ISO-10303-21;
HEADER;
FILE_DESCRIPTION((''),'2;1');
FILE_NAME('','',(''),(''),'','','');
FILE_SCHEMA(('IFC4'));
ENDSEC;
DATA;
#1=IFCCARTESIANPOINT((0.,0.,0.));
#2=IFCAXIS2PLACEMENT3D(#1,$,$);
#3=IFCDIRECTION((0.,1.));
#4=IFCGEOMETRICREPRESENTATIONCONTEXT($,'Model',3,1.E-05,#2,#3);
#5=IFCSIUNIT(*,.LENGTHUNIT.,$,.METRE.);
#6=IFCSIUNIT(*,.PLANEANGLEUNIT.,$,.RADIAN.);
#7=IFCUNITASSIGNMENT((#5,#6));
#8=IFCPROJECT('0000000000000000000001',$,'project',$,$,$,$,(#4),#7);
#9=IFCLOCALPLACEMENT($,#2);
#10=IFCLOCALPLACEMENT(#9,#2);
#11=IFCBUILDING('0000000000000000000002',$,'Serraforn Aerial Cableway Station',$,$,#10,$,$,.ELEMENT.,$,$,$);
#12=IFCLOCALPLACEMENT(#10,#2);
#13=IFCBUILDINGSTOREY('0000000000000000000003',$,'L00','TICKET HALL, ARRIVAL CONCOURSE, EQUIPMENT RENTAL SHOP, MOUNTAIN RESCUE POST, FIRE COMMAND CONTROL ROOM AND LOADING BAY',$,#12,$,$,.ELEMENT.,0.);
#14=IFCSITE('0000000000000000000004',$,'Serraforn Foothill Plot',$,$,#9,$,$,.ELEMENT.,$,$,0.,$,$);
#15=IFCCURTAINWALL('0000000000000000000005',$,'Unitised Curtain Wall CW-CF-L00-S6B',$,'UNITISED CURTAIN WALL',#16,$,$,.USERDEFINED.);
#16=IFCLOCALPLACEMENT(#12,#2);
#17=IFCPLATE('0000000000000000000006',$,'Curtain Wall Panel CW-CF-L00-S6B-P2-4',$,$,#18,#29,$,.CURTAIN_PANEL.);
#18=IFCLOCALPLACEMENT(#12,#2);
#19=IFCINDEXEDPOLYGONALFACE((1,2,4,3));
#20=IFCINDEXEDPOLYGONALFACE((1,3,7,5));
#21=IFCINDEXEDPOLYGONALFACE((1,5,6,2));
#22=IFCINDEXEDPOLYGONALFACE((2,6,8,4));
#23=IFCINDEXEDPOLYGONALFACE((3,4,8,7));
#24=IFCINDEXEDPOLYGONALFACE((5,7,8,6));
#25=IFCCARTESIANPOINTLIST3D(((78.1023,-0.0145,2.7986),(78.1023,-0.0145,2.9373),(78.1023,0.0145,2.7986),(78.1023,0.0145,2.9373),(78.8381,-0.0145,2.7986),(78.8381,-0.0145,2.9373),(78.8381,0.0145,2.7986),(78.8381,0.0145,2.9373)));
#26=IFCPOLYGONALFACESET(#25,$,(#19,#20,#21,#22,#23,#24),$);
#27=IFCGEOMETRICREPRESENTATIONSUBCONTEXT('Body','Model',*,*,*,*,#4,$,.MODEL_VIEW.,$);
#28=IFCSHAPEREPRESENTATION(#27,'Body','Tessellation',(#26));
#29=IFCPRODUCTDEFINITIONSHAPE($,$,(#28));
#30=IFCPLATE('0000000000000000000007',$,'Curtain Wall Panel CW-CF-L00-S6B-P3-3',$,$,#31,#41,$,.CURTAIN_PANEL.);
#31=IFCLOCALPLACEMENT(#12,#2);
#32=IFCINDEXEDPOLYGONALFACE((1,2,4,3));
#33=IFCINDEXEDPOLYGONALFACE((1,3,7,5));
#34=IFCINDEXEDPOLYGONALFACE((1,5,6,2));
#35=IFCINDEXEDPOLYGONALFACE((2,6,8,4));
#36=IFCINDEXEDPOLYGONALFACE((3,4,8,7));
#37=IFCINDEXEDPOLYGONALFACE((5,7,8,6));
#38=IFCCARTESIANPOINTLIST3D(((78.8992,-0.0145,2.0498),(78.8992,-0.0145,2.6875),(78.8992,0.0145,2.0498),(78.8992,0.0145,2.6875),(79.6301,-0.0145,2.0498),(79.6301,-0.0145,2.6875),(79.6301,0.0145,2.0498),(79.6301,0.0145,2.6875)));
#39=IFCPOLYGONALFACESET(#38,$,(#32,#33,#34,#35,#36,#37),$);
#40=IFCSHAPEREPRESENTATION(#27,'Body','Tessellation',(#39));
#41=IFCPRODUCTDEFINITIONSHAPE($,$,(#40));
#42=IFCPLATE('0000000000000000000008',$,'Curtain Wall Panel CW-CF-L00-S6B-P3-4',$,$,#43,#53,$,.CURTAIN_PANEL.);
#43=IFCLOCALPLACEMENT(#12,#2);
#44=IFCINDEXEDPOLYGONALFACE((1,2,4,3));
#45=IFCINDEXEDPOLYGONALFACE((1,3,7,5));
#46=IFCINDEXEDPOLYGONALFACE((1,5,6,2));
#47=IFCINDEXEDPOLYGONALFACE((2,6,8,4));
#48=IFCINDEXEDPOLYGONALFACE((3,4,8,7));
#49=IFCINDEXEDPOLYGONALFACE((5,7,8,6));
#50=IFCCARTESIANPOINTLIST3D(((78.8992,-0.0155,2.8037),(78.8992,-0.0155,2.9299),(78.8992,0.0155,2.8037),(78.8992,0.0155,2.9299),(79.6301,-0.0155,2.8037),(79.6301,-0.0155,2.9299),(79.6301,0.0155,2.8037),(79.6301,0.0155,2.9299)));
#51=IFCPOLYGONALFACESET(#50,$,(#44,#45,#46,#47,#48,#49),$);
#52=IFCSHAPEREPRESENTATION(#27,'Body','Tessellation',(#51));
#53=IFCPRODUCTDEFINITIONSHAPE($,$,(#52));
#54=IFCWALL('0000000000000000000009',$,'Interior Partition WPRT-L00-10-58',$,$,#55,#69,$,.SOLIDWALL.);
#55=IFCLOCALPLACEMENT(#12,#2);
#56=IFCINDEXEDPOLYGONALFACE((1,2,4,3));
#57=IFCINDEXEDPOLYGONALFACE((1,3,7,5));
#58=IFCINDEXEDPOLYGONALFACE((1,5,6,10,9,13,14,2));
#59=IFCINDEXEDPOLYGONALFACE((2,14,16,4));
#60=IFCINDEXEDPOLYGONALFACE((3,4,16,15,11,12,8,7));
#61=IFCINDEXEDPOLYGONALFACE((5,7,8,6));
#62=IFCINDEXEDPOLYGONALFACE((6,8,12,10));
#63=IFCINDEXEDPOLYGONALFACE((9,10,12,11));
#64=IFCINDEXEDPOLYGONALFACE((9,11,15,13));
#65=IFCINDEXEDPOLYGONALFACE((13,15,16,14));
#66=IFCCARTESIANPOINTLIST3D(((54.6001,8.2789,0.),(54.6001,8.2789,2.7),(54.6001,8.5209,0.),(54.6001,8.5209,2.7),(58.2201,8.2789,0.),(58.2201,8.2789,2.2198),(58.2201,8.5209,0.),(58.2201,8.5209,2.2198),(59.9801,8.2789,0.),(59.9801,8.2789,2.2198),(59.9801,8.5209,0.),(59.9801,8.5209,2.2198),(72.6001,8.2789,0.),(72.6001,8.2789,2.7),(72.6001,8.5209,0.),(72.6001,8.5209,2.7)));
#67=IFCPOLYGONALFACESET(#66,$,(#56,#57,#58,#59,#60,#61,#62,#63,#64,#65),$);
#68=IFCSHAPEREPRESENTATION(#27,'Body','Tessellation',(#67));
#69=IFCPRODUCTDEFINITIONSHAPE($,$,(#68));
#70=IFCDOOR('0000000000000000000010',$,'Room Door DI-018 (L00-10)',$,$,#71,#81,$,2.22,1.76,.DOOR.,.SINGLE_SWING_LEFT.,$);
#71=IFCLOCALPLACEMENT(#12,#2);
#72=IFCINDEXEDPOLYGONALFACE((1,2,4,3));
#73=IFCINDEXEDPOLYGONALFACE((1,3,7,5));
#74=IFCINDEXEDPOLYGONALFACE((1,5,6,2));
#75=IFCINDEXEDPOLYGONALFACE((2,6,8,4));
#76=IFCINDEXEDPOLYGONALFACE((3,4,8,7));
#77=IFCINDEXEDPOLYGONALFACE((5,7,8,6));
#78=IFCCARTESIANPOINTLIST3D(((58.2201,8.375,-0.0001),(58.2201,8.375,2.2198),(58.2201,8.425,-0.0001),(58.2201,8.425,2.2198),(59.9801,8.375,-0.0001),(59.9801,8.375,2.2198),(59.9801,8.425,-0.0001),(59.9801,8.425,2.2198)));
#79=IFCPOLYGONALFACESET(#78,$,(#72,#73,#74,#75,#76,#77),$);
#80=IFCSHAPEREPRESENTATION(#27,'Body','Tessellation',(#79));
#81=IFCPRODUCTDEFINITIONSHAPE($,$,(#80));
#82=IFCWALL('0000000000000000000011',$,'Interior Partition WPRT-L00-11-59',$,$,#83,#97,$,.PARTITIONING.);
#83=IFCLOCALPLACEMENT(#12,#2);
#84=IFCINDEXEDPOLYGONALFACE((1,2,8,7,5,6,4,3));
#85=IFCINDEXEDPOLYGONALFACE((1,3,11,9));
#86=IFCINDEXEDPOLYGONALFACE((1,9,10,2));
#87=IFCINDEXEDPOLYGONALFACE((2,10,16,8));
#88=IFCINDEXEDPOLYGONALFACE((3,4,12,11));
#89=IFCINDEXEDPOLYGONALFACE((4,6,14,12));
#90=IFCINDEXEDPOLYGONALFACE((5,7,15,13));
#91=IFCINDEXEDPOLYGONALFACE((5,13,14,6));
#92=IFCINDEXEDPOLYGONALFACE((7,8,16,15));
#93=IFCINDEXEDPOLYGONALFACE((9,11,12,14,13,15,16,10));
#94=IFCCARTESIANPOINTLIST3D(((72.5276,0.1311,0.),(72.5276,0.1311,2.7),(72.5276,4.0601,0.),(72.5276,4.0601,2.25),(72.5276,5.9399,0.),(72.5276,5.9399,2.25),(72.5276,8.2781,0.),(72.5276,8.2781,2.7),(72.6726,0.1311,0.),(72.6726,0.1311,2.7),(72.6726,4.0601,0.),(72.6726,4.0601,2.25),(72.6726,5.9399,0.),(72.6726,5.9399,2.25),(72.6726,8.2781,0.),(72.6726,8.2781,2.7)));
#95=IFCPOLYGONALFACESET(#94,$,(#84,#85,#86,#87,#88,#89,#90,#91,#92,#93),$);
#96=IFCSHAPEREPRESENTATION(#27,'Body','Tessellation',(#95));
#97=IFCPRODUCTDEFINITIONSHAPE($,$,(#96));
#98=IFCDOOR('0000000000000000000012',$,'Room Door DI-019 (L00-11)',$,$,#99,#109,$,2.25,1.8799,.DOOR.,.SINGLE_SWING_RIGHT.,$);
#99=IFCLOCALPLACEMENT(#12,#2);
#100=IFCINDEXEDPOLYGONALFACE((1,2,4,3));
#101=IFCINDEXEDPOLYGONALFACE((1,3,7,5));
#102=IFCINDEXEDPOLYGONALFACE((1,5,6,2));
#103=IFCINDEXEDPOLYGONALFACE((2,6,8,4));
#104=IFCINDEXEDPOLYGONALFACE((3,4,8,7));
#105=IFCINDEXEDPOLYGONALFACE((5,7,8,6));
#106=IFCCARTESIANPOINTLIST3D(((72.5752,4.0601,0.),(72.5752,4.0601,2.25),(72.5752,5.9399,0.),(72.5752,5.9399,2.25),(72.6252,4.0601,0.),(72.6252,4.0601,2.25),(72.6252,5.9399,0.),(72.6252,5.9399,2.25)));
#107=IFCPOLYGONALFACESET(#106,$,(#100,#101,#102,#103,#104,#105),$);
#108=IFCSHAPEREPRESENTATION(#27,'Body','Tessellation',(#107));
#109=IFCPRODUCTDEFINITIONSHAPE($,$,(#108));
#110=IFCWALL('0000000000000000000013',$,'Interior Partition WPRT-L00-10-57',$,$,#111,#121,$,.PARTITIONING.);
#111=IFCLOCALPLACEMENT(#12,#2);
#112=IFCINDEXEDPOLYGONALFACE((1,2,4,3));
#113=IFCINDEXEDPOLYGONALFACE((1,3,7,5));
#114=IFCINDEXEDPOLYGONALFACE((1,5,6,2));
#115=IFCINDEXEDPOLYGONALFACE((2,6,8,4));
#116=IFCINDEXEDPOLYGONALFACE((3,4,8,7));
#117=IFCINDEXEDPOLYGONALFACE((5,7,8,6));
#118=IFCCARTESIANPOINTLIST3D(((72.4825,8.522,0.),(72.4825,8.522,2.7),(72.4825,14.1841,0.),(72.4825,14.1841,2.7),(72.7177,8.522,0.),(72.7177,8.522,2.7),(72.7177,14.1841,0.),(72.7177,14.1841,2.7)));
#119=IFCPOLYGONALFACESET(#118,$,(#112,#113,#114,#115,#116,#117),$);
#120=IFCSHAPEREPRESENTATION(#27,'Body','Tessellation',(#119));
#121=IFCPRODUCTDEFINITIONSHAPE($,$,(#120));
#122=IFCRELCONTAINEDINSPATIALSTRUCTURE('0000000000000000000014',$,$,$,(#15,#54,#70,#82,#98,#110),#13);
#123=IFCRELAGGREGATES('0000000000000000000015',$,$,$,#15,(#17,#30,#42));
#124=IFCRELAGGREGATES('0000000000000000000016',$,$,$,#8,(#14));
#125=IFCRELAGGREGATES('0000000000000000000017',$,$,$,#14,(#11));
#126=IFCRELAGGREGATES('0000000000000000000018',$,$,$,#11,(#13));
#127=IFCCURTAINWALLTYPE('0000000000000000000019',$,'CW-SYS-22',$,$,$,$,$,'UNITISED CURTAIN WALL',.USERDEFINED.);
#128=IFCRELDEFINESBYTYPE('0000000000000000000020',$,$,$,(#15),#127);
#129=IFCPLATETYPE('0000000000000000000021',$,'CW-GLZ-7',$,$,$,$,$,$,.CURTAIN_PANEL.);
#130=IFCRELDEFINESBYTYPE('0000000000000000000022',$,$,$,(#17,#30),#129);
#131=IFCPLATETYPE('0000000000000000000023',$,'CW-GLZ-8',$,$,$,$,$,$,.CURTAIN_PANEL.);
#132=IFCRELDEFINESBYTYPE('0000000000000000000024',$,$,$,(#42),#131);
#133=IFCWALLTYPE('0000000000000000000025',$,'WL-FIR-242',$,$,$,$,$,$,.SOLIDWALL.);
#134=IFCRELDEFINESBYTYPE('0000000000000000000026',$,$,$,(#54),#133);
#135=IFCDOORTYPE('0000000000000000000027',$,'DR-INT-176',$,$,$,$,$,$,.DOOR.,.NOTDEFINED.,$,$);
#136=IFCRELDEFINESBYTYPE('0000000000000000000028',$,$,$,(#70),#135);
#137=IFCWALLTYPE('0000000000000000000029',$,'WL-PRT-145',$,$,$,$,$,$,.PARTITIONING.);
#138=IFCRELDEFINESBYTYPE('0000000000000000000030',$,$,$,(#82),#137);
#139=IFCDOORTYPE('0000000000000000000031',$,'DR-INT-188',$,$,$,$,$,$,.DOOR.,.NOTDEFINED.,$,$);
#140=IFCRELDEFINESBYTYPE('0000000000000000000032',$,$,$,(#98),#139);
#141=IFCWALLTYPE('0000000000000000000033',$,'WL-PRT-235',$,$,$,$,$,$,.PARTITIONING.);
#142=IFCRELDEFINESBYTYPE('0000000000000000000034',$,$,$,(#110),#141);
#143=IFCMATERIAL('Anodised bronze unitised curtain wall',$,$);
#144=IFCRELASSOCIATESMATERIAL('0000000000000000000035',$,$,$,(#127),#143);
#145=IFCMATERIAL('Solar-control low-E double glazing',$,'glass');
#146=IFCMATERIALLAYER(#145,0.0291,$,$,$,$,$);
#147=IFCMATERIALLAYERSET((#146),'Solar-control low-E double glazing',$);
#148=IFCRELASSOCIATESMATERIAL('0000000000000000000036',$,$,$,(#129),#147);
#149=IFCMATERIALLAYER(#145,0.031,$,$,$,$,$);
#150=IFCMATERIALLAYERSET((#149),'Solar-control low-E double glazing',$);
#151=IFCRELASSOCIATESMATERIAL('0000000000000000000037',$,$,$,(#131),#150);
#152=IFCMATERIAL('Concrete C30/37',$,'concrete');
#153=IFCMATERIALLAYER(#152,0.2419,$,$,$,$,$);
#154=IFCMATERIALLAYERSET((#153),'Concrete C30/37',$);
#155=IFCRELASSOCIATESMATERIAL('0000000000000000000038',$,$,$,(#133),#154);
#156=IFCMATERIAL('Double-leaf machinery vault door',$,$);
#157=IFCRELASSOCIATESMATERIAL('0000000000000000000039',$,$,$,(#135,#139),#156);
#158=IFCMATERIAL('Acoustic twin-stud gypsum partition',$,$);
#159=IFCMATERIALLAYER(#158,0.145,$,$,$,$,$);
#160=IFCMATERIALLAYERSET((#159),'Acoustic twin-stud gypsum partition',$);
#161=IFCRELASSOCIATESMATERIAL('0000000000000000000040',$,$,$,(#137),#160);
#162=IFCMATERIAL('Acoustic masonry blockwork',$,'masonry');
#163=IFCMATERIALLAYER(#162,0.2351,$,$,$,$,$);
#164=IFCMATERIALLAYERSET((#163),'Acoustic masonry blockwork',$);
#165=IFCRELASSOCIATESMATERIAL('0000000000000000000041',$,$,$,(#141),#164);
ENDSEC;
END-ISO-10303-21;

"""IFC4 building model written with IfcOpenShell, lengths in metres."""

from ifc_helpers import new_model, si_unit, direction, frame, frame_2d, origin, origin_2d, place, context, subcontext, project, spatial, rectangle, extrude, material, layer, layer_set, type_object, element, fill, aggregate, save


model = new_model("IFC4")

# Units and contexts
model_context = context("Model", 3, precision=1e-05, world=origin(), true_north=direction((0.0, 1.0)))
body_context = subcontext(model_context, "Body", "Model", "MODEL_VIEW")
ifc_project = project(units=[si_unit("LENGTHUNIT", "METRE"), si_unit("PLANEANGLEUNIT", "RADIAN")], contexts=[model_context])

# Site, building, storey
site_placement = place(None, origin())
site = spatial("IfcSite", under=ifc_project, at=site_placement, Name="Serraforn Foothill Plot", CompositionType="ELEMENT", RefElevation=0.0)
building_placement = place(site_placement, origin())
building = spatial("IfcBuilding", under=site, at=building_placement, Name="Serraforn Aerial Cableway Station", CompositionType="ELEMENT")
storey_placement = place(building_placement, origin())
storey = spatial("IfcBuildingStorey", under=building, at=storey_placement, Name="L00", Description="TICKET HALL, ARRIVAL CONCOURSE, EQUIPMENT RENTAL SHOP, MOUNTAIN RESCUE POST, FIRE COMMAND CONTROL ROOM AND LOADING BAY", CompositionType="ELEMENT", Elevation=0.0)

# Curtain wall, plates
ifc_material_1 = material(Name="Anodised bronze unitised curtain wall")
curtain_wall_type = type_object("IfcCurtainWallType", Name="CW-SYS-22", ElementType="UNITISED CURTAIN WALL", PredefinedType="USERDEFINED", material=ifc_material_1)
curtain_wall_placement = place(storey_placement, origin())
curtain_wall = element("IfcCurtainWall", 1, at=curtain_wall_placement, inside=storey, type_object=curtain_wall_type, Name="Unitised Curtain Wall CW-CF-L00-S6B", ObjectType="UNITISED CURTAIN WALL", PredefinedType="USERDEFINED")
ifc_material_2 = material(Name="Solar-control low-E double glazing", Category="glass")
ifc_layer_1 = layer(ifc_material_2, 0.0291)
ifc_layer_set_1 = layer_set([ifc_layer_1], Name="Solar-control low-E double glazing")
plate_type_1 = type_object("IfcPlateType", Name="CW-GLZ-7", PredefinedType="CURTAIN_PANEL", material=ifc_layer_set_1)
plate_1_placement = place(storey_placement, frame((78.4702, 0.0, 2.7986), z_axis=(0.0, 0.0, 1.0), x_axis=(1.0, 0.0, 0.0)))
plate_1 = element("IfcPlate", 2, at=plate_1_placement, type_object=plate_type_1, Name="Curtain Wall Panel CW-CF-L00-S6B-P2-4", PredefinedType="CURTAIN_PANEL", context=body_context, shape_type="SweptSolid", body=[
    extrude(rectangle(XDim=0.7358, YDim=0.0291, at=origin_2d()), origin(), (0.0, 0.0, 1.0), 0.1387),
])
plate_2_placement = place(storey_placement, frame((79.2646, 0.0, 2.0498), z_axis=(0.0, 0.0, 1.0), x_axis=(1.0, 0.0, 0.0)))
plate_2 = element("IfcPlate", 3, at=plate_2_placement, type_object=plate_type_1, Name="Curtain Wall Panel CW-CF-L00-S6B-P3-3", PredefinedType="CURTAIN_PANEL", context=body_context, shape_type="SweptSolid", body=[
    extrude(rectangle(XDim=0.731, YDim=0.0291, at=origin_2d()), origin(), (0.0, 0.0, 1.0), 0.6377),
])
ifc_layer_2 = layer(ifc_material_2, 0.031)
ifc_layer_set_2 = layer_set([ifc_layer_2], Name="Solar-control low-E double glazing")
plate_type_2 = type_object("IfcPlateType", Name="CW-GLZ-8", PredefinedType="CURTAIN_PANEL", material=ifc_layer_set_2)
plate_3_placement = place(storey_placement, frame((79.2646, 0.0, 2.8037), z_axis=(0.0, 0.0, 1.0), x_axis=(1.0, 0.0, 0.0)))
plate_3 = element("IfcPlate", 4, at=plate_3_placement, type_object=plate_type_2, Name="Curtain Wall Panel CW-CF-L00-S6B-P3-4", PredefinedType="CURTAIN_PANEL", context=body_context, shape_type="SweptSolid", body=[
    extrude(rectangle(XDim=0.731, YDim=0.031, at=origin_2d()), origin(), (0.0, 0.0, 1.0), 0.1262),
])
aggregate(curtain_wall, [plate_1, plate_2, plate_3])

# Walls, openings, doors
ifc_material_3 = material(Name="Concrete C30/37", Category="concrete")
ifc_layer_3 = layer(ifc_material_3, 0.2419)
ifc_layer_set_3 = layer_set([ifc_layer_3], Name="Concrete C30/37")
wall_type_1 = type_object("IfcWallType", Name="WL-FIR-242", PredefinedType="SOLIDWALL", material=ifc_layer_set_3)
wall_1_placement = place(storey_placement, frame((72.6001, 8.3999, 0.0), z_axis=(0.0, 0.0, 1.0), x_axis=(-1.0, 0.0, 0.0)))
wall_1 = element("IfcWall", 5, at=wall_1_placement, inside=storey, type_object=wall_type_1, Name="Interior Partition WPRT-L00-10-58", PredefinedType="SOLIDWALL", context=body_context, shape_type="SweptSolid", body=[
    extrude(rectangle(XDim=18.0, YDim=0.2419, at=frame_2d((9.0, 0.0))), origin(), (0.0, 0.0, 1.0), 2.7),
])
opening_1_placement = place(wall_1_placement, frame((12.6201, 0.0, 0.0)))
opening_1 = element("IfcOpeningElement", 6, at=opening_1_placement, cuts=wall_1, PredefinedType="OPENING", context=body_context, shape_type="SweptSolid", body=[
    extrude(rectangle(XDim=1.76, YDim=2.22, at=frame_2d((0.8799, 1.1099))), frame((0.0, 0.1309, 0.0), z_axis=(0.0, -1.0, 0.0), x_axis=(1.0, 0.0, 0.0)), (0.0, 0.0, 1.0), 0.262),
])
ifc_material_4 = material(Name="Double-leaf machinery vault door")
door_type_1 = type_object("IfcDoorType", Name="DR-INT-176", OperationType="NOTDEFINED", PredefinedType="DOOR", material=ifc_material_4)
door_1_placement = place(opening_1_placement, origin())
door_1 = element("IfcDoor", 7, at=door_1_placement, inside=storey, type_object=door_type_1, Name="Room Door DI-018 (L00-10)", OperationType="SINGLE_SWING_LEFT", OverallHeight=2.22, OverallWidth=1.76, PredefinedType="DOOR", context=body_context, shape_type="SweptSolid", body=[
    extrude(rectangle(XDim=1.76, YDim=2.22, at=frame_2d((0.8799, 1.1099))), frame((0.0, 0.0249, 0.0), z_axis=(0.0, -1.0, 0.0), x_axis=(1.0, 0.0, 0.0)), (0.0, 0.0, 1.0), 0.05),
])
fill(opening_1, door_1)
ifc_material_5 = material(Name="Acoustic twin-stud gypsum partition")
ifc_layer_4 = layer(ifc_material_5, 0.145)
ifc_layer_set_4 = layer_set([ifc_layer_4], Name="Acoustic twin-stud gypsum partition")
wall_type_2 = type_object("IfcWallType", Name="WL-PRT-145", PredefinedType="PARTITIONING", material=ifc_layer_set_4)
wall_2_placement = place(storey_placement, frame((72.6001, 0.1311, 0.0), z_axis=(0.0, 0.0, 1.0), x_axis=(0.0, 1.0, 0.0)))
wall_2 = element("IfcWall", 8, at=wall_2_placement, inside=storey, type_object=wall_type_2, Name="Interior Partition WPRT-L00-11-59", PredefinedType="PARTITIONING", context=body_context, shape_type="SweptSolid", body=[
    extrude(rectangle(XDim=8.147, YDim=0.145, at=frame_2d((4.0735, 0.0))), origin(), (0.0, 0.0, 1.0), 2.7),
])
opening_2_placement = place(wall_2_placement, frame((3.929, 0.0, 0.0)))
opening_2 = element("IfcOpeningElement", 9, at=opening_2_placement, cuts=wall_2, PredefinedType="OPENING", context=body_context, shape_type="SweptSolid", body=[
    extrude(rectangle(XDim=1.8799, YDim=2.25, at=frame_2d((0.9399, 1.125))), frame((0.0, 0.0825, 0.0), z_axis=(0.0, -1.0, 0.0), x_axis=(1.0, 0.0, 0.0)), (0.0, 0.0, 1.0), 0.165),
])
door_type_2 = type_object("IfcDoorType", Name="DR-INT-188", OperationType="NOTDEFINED", PredefinedType="DOOR", material=ifc_material_4)
door_2_placement = place(opening_2_placement, origin())
door_2 = element("IfcDoor", 10, at=door_2_placement, inside=storey, type_object=door_type_2, Name="Room Door DI-019 (L00-11)", OperationType="SINGLE_SWING_RIGHT", OverallHeight=2.25, OverallWidth=1.8799, PredefinedType="DOOR", context=body_context, shape_type="SweptSolid", body=[
    extrude(rectangle(XDim=1.8799, YDim=2.25, at=frame_2d((0.9399, 1.125))), frame((0.0, 0.0249, 0.0), z_axis=(0.0, -1.0, 0.0), x_axis=(1.0, 0.0, 0.0)), (0.0, 0.0, 1.0), 0.05),
])
fill(opening_2, door_2)

# Wall
ifc_material_6 = material(Name="Acoustic masonry blockwork", Category="masonry")
ifc_layer_5 = layer(ifc_material_6, 0.2351)
ifc_layer_set_5 = layer_set([ifc_layer_5], Name="Acoustic masonry blockwork")
wall_type_3 = type_object("IfcWallType", Name="WL-PRT-235", PredefinedType="PARTITIONING", material=ifc_layer_set_5)
wall_3_placement = place(storey_placement, frame((72.6001, 14.1841, 0.0), z_axis=(0.0, 0.0, 1.0), x_axis=(0.0, -1.0, 0.0)))
element("IfcWall", 11, at=wall_3_placement, inside=storey, type_object=wall_type_3, Name="Interior Partition WPRT-L00-10-57", PredefinedType="PARTITIONING", context=body_context, shape_type="SweptSolid", body=[
    extrude(rectangle(XDim=5.6621, YDim=0.2351, at=frame_2d((2.8311, 0.0))), origin(), (0.0, 0.0, 1.0), 2.7),
])

save(model, "model.ifc")
